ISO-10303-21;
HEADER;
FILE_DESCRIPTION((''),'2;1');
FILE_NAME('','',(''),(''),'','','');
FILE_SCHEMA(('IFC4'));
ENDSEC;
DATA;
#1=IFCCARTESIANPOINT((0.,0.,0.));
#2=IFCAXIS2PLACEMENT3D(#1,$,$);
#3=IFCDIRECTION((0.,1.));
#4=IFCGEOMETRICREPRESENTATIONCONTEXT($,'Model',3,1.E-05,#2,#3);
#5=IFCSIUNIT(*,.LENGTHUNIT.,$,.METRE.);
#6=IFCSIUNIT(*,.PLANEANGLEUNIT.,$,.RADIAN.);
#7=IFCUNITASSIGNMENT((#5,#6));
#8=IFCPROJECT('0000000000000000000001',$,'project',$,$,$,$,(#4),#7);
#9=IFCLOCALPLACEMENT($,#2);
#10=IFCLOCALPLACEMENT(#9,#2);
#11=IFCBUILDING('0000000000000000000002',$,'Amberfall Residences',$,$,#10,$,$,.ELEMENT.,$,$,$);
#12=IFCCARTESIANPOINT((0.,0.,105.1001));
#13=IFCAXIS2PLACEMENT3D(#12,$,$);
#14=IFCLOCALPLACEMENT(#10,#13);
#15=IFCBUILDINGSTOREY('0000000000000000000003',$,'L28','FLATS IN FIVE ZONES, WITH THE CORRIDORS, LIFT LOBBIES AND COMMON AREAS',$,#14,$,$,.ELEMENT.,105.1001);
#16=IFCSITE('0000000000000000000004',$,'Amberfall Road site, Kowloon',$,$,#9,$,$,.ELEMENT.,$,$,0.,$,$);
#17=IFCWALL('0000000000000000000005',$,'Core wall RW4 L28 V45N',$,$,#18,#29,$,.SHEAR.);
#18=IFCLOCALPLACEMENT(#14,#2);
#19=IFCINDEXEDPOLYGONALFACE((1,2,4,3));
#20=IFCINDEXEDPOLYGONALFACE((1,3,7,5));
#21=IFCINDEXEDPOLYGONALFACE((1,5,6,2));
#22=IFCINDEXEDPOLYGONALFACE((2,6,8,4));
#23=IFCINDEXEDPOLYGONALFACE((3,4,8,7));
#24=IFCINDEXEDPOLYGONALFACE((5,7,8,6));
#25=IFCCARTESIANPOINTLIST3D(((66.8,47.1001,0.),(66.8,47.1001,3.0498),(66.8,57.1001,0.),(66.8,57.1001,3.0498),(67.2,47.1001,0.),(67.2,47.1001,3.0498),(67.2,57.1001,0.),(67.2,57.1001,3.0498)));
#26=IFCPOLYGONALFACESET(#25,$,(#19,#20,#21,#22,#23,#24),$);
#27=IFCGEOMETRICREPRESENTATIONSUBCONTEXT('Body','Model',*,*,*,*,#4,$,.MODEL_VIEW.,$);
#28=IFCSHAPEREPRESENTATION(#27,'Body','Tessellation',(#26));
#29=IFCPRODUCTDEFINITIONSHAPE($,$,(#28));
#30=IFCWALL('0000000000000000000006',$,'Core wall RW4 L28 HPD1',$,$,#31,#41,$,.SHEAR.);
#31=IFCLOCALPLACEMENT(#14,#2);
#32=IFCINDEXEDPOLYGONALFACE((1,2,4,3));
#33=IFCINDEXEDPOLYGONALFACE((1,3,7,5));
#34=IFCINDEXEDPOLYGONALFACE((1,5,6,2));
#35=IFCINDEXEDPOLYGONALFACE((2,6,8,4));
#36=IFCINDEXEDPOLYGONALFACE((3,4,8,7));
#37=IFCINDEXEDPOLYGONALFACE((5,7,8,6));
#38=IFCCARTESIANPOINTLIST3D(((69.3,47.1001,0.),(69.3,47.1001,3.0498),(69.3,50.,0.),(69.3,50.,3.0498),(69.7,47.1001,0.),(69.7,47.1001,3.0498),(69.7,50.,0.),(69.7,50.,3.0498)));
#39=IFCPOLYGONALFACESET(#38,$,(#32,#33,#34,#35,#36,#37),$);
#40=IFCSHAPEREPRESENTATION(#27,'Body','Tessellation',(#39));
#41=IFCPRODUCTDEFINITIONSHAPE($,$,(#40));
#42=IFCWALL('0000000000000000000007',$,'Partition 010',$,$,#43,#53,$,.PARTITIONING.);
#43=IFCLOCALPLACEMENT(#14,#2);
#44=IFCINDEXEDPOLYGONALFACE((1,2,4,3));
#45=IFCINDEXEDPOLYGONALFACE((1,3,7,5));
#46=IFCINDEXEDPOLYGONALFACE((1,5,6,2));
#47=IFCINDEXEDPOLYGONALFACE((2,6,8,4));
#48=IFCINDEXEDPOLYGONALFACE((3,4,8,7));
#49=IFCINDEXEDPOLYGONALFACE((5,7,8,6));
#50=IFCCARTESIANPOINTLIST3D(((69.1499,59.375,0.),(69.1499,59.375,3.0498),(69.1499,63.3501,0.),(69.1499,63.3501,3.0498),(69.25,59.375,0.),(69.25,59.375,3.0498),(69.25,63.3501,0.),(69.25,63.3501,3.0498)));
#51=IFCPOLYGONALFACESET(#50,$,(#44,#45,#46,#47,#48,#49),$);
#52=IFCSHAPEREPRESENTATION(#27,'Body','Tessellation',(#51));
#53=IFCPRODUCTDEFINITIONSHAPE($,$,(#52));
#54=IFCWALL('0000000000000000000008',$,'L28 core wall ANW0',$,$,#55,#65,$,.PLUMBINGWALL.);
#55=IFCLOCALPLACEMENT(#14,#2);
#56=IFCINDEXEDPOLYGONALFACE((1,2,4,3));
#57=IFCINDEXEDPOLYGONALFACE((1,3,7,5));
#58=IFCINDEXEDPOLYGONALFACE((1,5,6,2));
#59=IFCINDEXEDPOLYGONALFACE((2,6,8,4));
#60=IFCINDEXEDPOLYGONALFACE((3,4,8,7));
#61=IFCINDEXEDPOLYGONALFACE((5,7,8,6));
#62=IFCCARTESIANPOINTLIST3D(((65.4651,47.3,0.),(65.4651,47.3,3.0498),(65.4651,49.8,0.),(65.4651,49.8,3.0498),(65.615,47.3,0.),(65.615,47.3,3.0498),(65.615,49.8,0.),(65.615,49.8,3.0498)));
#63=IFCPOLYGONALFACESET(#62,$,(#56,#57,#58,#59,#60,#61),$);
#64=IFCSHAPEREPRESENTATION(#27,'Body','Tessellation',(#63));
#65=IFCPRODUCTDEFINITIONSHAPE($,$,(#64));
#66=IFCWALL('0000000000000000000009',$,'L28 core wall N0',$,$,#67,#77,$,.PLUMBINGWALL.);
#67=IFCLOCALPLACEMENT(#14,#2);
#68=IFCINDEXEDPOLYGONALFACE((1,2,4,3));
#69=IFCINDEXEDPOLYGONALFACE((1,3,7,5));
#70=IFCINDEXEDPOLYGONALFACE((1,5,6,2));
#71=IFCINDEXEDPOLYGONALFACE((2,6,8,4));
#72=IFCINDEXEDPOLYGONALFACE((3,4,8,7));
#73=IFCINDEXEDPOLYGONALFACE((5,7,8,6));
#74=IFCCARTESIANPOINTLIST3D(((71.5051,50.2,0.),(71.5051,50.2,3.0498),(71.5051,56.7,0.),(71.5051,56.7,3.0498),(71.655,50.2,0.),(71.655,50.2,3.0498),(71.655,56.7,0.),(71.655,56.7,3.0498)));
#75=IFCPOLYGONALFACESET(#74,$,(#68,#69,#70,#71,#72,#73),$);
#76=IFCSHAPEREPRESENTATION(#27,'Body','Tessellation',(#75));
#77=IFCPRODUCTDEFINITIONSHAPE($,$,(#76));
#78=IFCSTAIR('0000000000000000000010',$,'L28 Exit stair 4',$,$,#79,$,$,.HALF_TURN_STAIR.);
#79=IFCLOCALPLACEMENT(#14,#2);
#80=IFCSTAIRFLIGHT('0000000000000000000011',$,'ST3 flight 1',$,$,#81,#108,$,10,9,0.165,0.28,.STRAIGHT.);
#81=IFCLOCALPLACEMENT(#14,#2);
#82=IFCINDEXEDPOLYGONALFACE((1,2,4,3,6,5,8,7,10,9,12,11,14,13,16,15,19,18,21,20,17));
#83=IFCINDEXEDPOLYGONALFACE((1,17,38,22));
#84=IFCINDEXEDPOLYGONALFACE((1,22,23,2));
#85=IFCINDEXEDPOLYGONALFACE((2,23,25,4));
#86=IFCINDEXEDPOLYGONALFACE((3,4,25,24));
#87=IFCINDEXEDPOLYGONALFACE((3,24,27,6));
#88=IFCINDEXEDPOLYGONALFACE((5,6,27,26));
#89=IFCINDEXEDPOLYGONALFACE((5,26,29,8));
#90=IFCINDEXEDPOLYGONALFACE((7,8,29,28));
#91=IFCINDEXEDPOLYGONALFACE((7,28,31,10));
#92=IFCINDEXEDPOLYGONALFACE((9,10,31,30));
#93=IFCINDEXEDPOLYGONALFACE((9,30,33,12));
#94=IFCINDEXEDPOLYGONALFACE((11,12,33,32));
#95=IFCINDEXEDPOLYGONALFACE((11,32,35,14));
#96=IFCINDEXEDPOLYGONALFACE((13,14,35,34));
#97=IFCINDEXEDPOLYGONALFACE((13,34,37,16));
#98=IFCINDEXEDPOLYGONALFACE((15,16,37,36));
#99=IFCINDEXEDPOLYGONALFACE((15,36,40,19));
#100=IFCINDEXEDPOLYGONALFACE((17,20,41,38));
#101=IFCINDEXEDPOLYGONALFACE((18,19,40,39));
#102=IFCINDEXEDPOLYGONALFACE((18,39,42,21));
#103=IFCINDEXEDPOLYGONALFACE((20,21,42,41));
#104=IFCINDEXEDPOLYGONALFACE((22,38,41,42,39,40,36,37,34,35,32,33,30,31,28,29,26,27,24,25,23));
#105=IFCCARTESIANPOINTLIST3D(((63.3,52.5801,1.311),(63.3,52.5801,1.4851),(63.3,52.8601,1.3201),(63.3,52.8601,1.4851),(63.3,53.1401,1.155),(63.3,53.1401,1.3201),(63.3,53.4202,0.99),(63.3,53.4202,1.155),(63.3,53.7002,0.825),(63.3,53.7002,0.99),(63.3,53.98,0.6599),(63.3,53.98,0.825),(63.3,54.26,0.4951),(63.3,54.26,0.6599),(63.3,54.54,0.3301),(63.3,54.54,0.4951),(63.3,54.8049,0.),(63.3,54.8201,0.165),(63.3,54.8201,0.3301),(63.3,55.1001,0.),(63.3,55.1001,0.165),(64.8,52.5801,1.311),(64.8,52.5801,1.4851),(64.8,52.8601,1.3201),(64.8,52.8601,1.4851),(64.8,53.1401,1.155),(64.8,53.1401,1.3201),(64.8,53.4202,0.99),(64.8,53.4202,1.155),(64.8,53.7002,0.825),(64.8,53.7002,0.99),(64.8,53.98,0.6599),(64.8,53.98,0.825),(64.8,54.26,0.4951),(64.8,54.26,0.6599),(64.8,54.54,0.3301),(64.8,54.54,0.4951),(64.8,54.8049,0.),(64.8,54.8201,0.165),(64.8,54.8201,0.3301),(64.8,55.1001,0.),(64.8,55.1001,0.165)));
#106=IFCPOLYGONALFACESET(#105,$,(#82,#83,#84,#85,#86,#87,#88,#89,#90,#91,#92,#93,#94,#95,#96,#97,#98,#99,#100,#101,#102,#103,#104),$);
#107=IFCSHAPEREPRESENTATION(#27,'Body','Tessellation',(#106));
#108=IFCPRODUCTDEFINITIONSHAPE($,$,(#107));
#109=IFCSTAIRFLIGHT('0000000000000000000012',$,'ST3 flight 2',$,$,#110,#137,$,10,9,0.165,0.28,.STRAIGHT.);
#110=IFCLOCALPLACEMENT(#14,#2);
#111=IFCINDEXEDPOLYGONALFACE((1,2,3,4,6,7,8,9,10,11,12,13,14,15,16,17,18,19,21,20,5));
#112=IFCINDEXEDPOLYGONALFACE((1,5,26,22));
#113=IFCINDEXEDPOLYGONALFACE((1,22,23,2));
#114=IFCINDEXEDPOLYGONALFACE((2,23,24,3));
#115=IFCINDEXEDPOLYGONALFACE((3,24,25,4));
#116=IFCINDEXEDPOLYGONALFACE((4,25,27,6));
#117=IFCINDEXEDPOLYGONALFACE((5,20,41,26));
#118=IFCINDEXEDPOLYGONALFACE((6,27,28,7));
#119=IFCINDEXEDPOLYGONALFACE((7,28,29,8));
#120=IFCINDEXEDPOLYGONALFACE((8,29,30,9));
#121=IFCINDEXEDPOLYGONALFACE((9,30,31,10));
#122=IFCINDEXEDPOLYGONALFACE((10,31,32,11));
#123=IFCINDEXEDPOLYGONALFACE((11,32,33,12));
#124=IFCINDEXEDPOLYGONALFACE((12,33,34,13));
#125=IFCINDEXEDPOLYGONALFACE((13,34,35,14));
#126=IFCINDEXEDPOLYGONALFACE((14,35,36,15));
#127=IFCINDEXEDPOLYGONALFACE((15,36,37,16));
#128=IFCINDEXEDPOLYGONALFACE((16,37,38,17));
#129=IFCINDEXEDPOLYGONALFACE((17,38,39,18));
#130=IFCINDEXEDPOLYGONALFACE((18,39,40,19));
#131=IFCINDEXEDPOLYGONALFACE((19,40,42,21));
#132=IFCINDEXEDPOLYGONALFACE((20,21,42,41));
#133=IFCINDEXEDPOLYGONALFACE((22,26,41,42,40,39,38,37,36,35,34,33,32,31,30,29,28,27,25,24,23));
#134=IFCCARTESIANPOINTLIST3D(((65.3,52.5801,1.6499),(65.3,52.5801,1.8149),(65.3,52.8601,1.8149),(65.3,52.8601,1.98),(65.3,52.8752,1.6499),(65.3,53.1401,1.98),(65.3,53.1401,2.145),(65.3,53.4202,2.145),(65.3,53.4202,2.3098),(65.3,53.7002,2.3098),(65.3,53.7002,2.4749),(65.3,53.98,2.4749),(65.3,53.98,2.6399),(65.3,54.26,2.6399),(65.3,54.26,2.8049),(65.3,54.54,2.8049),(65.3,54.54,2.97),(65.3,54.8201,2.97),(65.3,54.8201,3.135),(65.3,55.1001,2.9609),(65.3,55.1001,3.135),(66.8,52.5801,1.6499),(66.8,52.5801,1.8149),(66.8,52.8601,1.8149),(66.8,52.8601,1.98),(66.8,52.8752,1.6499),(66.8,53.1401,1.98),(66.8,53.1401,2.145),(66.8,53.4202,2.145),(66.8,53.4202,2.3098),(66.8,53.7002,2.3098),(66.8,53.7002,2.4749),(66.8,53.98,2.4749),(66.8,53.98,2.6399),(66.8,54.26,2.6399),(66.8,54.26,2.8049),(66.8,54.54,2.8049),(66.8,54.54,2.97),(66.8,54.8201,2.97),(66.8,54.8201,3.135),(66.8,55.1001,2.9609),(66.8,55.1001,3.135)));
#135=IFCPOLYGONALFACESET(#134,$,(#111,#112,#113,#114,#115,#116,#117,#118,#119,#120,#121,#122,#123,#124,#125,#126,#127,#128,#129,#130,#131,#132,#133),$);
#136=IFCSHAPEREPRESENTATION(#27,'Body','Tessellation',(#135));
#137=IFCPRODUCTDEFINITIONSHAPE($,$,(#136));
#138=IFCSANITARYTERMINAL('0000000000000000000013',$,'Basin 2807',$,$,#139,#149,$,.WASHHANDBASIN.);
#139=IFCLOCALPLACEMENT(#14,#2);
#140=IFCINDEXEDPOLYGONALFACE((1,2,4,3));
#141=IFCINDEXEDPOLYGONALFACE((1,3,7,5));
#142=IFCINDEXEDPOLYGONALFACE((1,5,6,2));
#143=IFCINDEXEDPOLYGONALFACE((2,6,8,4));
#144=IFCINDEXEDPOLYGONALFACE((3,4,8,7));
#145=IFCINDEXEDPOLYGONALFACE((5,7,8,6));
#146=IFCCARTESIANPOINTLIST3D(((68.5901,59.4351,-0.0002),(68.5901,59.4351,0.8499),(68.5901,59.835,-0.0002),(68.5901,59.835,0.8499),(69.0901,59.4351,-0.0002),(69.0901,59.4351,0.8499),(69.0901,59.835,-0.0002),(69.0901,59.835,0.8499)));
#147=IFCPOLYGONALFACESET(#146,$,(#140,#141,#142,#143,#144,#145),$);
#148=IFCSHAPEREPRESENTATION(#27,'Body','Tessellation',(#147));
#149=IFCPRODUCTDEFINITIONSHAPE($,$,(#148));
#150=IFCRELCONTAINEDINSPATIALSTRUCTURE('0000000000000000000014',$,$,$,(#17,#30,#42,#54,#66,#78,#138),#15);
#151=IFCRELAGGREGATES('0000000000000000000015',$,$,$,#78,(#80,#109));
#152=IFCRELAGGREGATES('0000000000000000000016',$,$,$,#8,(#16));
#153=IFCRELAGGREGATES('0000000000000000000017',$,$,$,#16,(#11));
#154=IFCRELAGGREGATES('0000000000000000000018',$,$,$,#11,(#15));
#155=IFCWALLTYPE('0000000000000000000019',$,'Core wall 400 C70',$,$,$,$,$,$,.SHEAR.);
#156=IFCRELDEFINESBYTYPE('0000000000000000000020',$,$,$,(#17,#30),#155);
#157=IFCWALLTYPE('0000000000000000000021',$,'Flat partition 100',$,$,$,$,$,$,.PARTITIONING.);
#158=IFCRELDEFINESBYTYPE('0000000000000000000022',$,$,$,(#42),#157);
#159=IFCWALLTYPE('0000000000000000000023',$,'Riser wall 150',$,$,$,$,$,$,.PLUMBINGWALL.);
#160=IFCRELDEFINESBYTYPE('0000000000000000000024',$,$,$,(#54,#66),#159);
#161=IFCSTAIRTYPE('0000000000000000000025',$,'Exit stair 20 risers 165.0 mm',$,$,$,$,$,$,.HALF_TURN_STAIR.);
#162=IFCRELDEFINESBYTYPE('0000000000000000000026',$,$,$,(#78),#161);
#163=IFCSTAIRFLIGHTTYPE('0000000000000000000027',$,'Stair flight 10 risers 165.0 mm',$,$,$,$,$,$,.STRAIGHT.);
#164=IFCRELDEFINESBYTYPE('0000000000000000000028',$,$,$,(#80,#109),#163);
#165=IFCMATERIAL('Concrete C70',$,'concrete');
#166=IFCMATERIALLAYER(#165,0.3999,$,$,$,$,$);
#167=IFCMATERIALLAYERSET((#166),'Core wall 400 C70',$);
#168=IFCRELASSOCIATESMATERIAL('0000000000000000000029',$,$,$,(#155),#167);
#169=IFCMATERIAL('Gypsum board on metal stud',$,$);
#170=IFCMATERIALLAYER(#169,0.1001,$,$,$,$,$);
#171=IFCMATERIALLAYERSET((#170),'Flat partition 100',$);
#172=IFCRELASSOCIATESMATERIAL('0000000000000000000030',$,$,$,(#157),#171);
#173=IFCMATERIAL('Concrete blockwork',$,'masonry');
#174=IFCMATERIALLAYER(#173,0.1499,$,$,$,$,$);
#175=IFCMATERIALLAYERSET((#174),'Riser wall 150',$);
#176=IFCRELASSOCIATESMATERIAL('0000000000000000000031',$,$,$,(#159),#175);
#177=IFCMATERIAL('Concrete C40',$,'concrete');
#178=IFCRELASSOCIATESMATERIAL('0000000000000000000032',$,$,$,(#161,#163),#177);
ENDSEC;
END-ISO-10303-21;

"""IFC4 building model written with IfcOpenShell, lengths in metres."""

from ifc_helpers import new_model, si_unit, direction, frame, frame_2d, origin, origin_2d, place, context, subcontext, project, spatial, polyline, rectangle, outline, extrude, material, layer, layer_set, type_object, element, aggregate, save


model = new_model("IFC4")

# Units and contexts
model_context = context("Model", 3, precision=1e-05, world=origin(), true_north=direction((0.0, 1.0)))
body_context = subcontext(model_context, "Body", "Model", "MODEL_VIEW")
ifc_project = project(units=[si_unit("LENGTHUNIT", "METRE"), si_unit("PLANEANGLEUNIT", "RADIAN")], contexts=[model_context])

# Site, building, storey
site_placement = place(None, origin())
site = spatial("IfcSite", under=ifc_project, at=site_placement, Name="Amberfall Road site, Kowloon", CompositionType="ELEMENT", RefElevation=0.0)
building_placement = place(site_placement, origin())
building = spatial("IfcBuilding", under=site, at=building_placement, Name="Amberfall Residences", CompositionType="ELEMENT")
storey_placement = place(building_placement, frame((0.0, 0.0, 105.1001)))
storey = spatial("IfcBuildingStorey", under=building, at=storey_placement, Name="L28", Description="FLATS IN FIVE ZONES, WITH THE CORRIDORS, LIFT LOBBIES AND COMMON AREAS", CompositionType="ELEMENT", Elevation=105.1001)

# Walls
ifc_material_1 = material(Name="Concrete C70", Category="concrete")
ifc_layer_1 = layer(ifc_material_1, 0.3999)
ifc_layer_set_1 = layer_set([ifc_layer_1], Name="Core wall 400 C70")
wall_type_1 = type_object("IfcWallType", Name="Core wall 400 C70", PredefinedType="SHEAR", material=ifc_layer_set_1)
wall_1_placement = place(storey_placement, frame((67.0, 47.1001, 0.0), z_axis=(0.0, 0.0, 1.0), x_axis=(0.0, 1.0, 0.0)))
element("IfcWall", 1, at=wall_1_placement, inside=storey, type_object=wall_type_1, Name="Core wall RW4 L28 V45N", PredefinedType="SHEAR", context=body_context, shape_type="SweptSolid", body=[
    extrude(rectangle(XDim=10.0, YDim=0.3999, at=frame_2d((5.0, 0.0))), origin(), (0.0, 0.0, 1.0), 3.0498),
])
wall_2_placement = place(storey_placement, frame((69.5, 47.1001, 0.0), z_axis=(0.0, 0.0, 1.0), x_axis=(0.0, 1.0, 0.0)))
element("IfcWall", 2, at=wall_2_placement, inside=storey, type_object=wall_type_1, Name="Core wall RW4 L28 HPD1", PredefinedType="SHEAR", context=body_context, shape_type="SweptSolid", body=[
    extrude(rectangle(XDim=2.8999, YDim=0.3999, at=frame_2d((1.45, 0.0))), origin(), (0.0, 0.0, 1.0), 3.0498),
])
ifc_material_2 = material(Name="Gypsum board on metal stud")
ifc_layer_2 = layer(ifc_material_2, 0.1001)
ifc_layer_set_2 = layer_set([ifc_layer_2], Name="Flat partition 100")
wall_type_2 = type_object("IfcWallType", Name="Flat partition 100", PredefinedType="PARTITIONING", material=ifc_layer_set_2)
wall_3_placement = place(storey_placement, frame((69.2, 59.375, 0.0), z_axis=(0.0, 0.0, 1.0), x_axis=(0.0, 1.0, 0.0)))
element("IfcWall", 3, at=wall_3_placement, inside=storey, type_object=wall_type_2, Name="Partition 010", PredefinedType="PARTITIONING", context=body_context, shape_type="SweptSolid", body=[
    extrude(rectangle(XDim=3.9751, YDim=0.1001, at=frame_2d((1.9875, 0.0))), origin(), (0.0, 0.0, 1.0), 3.0498),
])
ifc_material_3 = material(Name="Concrete blockwork", Category="masonry")
ifc_layer_3 = layer(ifc_material_3, 0.1499)
ifc_layer_set_3 = layer_set([ifc_layer_3], Name="Riser wall 150")
wall_type_3 = type_object("IfcWallType", Name="Riser wall 150", PredefinedType="PLUMBINGWALL", material=ifc_layer_set_3)
wall_4_placement = place(storey_placement, frame((65.54, 47.3, 0.0), z_axis=(0.0, 0.0, 1.0), x_axis=(0.0, 1.0, 0.0)))
element("IfcWall", 4, at=wall_4_placement, inside=storey, type_object=wall_type_3, Name="L28 core wall ANW0", PredefinedType="PLUMBINGWALL", context=body_context, shape_type="SweptSolid", body=[
    extrude(rectangle(XDim=2.5, YDim=0.1499, at=frame_2d((1.25, 0.0))), origin(), (0.0, 0.0, 1.0), 3.0498),
])
wall_5_placement = place(storey_placement, frame((71.5801, 50.2, 0.0), z_axis=(0.0, 0.0, 1.0), x_axis=(0.0, 1.0, 0.0)))
element("IfcWall", 5, at=wall_5_placement, inside=storey, type_object=wall_type_3, Name="L28 core wall N0", PredefinedType="PLUMBINGWALL", context=body_context, shape_type="SweptSolid", body=[
    extrude(rectangle(XDim=6.5, YDim=0.1499, at=frame_2d((3.25, 0.0))), origin(), (0.0, 0.0, 1.0), 3.0498),
])

# Stair, stair flights
ifc_material_4 = material(Name="Concrete C40", Category="concrete")
stair_type = type_object("IfcStairType", Name="Exit stair 20 risers 165.0 mm", PredefinedType="HALF_TURN_STAIR", material=ifc_material_4)
stair_placement = place(storey_placement, origin())
stair = element("IfcStair", 6, at=stair_placement, inside=storey, type_object=stair_type, Name="L28 Exit stair 4", PredefinedType="HALF_TURN_STAIR")
stair_flight_type = type_object("IfcStairFlightType", Name="Stair flight 10 risers 165.0 mm", PredefinedType="STRAIGHT", material=ifc_material_4)
stair_flight_1_placement = place(storey_placement, frame((64.05, 55.1001, 0.0), z_axis=(0.0, 0.0, 1.0), x_axis=(0.0, -1.0, 0.0)))
stair_flight_1 = element("IfcStairFlight", 7, at=stair_flight_1_placement, type_object=stair_flight_type, Name="ST3 flight 1", NumberOfRisers=10, NumberOfTreads=9, PredefinedType="STRAIGHT", RiserHeight=0.165, TreadLength=0.28, context=body_context, shape_type="SweptSolid", body=[
    extrude(outline(polyline([(0.0, 0.0), (0.0, 0.165), (0.28, 0.165), (0.28, 0.3301), (0.5601, 0.3301), (0.5601, 0.4951), (0.8401, 0.4951), (0.8401, 0.6599), (1.1201, 0.6599), (1.1201, 0.825), (1.3999, 0.825), (1.3999, 0.99), (1.6799, 0.99), (1.6799, 1.155), (1.96, 1.155), (1.96, 1.3201), (2.24, 1.3201), (2.24, 1.4851), (2.52, 1.4851), (2.52, 1.6499), (2.52, 1.311), (0.2952, 0.0), (0.0, 0.0)])), frame((0.0, 0.75, 0.0), z_axis=(0.0, -1.0, 0.0), x_axis=(1.0, 0.0, 0.0)), (0.0, 0.0, 1.0), 1.5),
])
stair_flight_2_placement = place(storey_placement, frame((66.05, 52.5801, 1.6499), z_axis=(0.0, 0.0, 1.0), x_axis=(0.0, 1.0, 0.0)))
stair_flight_2 = element("IfcStairFlight", 8, at=stair_flight_2_placement, type_object=stair_flight_type, Name="ST3 flight 2", NumberOfRisers=10, NumberOfTreads=9, PredefinedType="STRAIGHT", RiserHeight=0.165, TreadLength=0.28, context=body_context, shape_type="SweptSolid", body=[
    extrude(outline(polyline([(0.0, 0.0), (0.0, 0.165), (0.28, 0.165), (0.28, 0.3301), (0.5601, 0.3301), (0.5601, 0.4951), (0.8401, 0.4951), (0.8401, 0.6599), (1.1201, 0.6599), (1.1201, 0.825), (1.3999, 0.825), (1.3999, 0.99), (1.6799, 0.99), (1.6799, 1.155), (1.96, 1.155), (1.96, 1.3201), (2.24, 1.3201), (2.24, 1.4851), (2.52, 1.4851), (2.52, 1.6499), (2.52, 1.311), (0.2952, 0.0), (0.0, 0.0)])), frame((0.0, 0.75, 0.0), z_axis=(0.0, -1.0, 0.0), x_axis=(1.0, 0.0, 0.0)), (0.0, 0.0, 1.0), 1.5),
])
aggregate(stair, [stair_flight_1, stair_flight_2])

# Sanitary terminal
sanitary_terminal_placement = place(storey_placement, frame((68.8401, 59.635, -0.0002), z_axis=(0.0, 0.0, 1.0), x_axis=(1.0, 0.0, 0.0)))
element("IfcSanitaryTerminal", 9, at=sanitary_terminal_placement, inside=storey, Name="Basin 2807", PredefinedType="WASHHANDBASIN", context=body_context, shape_type="SweptSolid", body=[
    extrude(rectangle(XDim=0.5, YDim=0.3999, at=origin_2d()), origin(), (0.0, 0.0, 1.0), 0.8501),
])

save(model, "model.ifc")
